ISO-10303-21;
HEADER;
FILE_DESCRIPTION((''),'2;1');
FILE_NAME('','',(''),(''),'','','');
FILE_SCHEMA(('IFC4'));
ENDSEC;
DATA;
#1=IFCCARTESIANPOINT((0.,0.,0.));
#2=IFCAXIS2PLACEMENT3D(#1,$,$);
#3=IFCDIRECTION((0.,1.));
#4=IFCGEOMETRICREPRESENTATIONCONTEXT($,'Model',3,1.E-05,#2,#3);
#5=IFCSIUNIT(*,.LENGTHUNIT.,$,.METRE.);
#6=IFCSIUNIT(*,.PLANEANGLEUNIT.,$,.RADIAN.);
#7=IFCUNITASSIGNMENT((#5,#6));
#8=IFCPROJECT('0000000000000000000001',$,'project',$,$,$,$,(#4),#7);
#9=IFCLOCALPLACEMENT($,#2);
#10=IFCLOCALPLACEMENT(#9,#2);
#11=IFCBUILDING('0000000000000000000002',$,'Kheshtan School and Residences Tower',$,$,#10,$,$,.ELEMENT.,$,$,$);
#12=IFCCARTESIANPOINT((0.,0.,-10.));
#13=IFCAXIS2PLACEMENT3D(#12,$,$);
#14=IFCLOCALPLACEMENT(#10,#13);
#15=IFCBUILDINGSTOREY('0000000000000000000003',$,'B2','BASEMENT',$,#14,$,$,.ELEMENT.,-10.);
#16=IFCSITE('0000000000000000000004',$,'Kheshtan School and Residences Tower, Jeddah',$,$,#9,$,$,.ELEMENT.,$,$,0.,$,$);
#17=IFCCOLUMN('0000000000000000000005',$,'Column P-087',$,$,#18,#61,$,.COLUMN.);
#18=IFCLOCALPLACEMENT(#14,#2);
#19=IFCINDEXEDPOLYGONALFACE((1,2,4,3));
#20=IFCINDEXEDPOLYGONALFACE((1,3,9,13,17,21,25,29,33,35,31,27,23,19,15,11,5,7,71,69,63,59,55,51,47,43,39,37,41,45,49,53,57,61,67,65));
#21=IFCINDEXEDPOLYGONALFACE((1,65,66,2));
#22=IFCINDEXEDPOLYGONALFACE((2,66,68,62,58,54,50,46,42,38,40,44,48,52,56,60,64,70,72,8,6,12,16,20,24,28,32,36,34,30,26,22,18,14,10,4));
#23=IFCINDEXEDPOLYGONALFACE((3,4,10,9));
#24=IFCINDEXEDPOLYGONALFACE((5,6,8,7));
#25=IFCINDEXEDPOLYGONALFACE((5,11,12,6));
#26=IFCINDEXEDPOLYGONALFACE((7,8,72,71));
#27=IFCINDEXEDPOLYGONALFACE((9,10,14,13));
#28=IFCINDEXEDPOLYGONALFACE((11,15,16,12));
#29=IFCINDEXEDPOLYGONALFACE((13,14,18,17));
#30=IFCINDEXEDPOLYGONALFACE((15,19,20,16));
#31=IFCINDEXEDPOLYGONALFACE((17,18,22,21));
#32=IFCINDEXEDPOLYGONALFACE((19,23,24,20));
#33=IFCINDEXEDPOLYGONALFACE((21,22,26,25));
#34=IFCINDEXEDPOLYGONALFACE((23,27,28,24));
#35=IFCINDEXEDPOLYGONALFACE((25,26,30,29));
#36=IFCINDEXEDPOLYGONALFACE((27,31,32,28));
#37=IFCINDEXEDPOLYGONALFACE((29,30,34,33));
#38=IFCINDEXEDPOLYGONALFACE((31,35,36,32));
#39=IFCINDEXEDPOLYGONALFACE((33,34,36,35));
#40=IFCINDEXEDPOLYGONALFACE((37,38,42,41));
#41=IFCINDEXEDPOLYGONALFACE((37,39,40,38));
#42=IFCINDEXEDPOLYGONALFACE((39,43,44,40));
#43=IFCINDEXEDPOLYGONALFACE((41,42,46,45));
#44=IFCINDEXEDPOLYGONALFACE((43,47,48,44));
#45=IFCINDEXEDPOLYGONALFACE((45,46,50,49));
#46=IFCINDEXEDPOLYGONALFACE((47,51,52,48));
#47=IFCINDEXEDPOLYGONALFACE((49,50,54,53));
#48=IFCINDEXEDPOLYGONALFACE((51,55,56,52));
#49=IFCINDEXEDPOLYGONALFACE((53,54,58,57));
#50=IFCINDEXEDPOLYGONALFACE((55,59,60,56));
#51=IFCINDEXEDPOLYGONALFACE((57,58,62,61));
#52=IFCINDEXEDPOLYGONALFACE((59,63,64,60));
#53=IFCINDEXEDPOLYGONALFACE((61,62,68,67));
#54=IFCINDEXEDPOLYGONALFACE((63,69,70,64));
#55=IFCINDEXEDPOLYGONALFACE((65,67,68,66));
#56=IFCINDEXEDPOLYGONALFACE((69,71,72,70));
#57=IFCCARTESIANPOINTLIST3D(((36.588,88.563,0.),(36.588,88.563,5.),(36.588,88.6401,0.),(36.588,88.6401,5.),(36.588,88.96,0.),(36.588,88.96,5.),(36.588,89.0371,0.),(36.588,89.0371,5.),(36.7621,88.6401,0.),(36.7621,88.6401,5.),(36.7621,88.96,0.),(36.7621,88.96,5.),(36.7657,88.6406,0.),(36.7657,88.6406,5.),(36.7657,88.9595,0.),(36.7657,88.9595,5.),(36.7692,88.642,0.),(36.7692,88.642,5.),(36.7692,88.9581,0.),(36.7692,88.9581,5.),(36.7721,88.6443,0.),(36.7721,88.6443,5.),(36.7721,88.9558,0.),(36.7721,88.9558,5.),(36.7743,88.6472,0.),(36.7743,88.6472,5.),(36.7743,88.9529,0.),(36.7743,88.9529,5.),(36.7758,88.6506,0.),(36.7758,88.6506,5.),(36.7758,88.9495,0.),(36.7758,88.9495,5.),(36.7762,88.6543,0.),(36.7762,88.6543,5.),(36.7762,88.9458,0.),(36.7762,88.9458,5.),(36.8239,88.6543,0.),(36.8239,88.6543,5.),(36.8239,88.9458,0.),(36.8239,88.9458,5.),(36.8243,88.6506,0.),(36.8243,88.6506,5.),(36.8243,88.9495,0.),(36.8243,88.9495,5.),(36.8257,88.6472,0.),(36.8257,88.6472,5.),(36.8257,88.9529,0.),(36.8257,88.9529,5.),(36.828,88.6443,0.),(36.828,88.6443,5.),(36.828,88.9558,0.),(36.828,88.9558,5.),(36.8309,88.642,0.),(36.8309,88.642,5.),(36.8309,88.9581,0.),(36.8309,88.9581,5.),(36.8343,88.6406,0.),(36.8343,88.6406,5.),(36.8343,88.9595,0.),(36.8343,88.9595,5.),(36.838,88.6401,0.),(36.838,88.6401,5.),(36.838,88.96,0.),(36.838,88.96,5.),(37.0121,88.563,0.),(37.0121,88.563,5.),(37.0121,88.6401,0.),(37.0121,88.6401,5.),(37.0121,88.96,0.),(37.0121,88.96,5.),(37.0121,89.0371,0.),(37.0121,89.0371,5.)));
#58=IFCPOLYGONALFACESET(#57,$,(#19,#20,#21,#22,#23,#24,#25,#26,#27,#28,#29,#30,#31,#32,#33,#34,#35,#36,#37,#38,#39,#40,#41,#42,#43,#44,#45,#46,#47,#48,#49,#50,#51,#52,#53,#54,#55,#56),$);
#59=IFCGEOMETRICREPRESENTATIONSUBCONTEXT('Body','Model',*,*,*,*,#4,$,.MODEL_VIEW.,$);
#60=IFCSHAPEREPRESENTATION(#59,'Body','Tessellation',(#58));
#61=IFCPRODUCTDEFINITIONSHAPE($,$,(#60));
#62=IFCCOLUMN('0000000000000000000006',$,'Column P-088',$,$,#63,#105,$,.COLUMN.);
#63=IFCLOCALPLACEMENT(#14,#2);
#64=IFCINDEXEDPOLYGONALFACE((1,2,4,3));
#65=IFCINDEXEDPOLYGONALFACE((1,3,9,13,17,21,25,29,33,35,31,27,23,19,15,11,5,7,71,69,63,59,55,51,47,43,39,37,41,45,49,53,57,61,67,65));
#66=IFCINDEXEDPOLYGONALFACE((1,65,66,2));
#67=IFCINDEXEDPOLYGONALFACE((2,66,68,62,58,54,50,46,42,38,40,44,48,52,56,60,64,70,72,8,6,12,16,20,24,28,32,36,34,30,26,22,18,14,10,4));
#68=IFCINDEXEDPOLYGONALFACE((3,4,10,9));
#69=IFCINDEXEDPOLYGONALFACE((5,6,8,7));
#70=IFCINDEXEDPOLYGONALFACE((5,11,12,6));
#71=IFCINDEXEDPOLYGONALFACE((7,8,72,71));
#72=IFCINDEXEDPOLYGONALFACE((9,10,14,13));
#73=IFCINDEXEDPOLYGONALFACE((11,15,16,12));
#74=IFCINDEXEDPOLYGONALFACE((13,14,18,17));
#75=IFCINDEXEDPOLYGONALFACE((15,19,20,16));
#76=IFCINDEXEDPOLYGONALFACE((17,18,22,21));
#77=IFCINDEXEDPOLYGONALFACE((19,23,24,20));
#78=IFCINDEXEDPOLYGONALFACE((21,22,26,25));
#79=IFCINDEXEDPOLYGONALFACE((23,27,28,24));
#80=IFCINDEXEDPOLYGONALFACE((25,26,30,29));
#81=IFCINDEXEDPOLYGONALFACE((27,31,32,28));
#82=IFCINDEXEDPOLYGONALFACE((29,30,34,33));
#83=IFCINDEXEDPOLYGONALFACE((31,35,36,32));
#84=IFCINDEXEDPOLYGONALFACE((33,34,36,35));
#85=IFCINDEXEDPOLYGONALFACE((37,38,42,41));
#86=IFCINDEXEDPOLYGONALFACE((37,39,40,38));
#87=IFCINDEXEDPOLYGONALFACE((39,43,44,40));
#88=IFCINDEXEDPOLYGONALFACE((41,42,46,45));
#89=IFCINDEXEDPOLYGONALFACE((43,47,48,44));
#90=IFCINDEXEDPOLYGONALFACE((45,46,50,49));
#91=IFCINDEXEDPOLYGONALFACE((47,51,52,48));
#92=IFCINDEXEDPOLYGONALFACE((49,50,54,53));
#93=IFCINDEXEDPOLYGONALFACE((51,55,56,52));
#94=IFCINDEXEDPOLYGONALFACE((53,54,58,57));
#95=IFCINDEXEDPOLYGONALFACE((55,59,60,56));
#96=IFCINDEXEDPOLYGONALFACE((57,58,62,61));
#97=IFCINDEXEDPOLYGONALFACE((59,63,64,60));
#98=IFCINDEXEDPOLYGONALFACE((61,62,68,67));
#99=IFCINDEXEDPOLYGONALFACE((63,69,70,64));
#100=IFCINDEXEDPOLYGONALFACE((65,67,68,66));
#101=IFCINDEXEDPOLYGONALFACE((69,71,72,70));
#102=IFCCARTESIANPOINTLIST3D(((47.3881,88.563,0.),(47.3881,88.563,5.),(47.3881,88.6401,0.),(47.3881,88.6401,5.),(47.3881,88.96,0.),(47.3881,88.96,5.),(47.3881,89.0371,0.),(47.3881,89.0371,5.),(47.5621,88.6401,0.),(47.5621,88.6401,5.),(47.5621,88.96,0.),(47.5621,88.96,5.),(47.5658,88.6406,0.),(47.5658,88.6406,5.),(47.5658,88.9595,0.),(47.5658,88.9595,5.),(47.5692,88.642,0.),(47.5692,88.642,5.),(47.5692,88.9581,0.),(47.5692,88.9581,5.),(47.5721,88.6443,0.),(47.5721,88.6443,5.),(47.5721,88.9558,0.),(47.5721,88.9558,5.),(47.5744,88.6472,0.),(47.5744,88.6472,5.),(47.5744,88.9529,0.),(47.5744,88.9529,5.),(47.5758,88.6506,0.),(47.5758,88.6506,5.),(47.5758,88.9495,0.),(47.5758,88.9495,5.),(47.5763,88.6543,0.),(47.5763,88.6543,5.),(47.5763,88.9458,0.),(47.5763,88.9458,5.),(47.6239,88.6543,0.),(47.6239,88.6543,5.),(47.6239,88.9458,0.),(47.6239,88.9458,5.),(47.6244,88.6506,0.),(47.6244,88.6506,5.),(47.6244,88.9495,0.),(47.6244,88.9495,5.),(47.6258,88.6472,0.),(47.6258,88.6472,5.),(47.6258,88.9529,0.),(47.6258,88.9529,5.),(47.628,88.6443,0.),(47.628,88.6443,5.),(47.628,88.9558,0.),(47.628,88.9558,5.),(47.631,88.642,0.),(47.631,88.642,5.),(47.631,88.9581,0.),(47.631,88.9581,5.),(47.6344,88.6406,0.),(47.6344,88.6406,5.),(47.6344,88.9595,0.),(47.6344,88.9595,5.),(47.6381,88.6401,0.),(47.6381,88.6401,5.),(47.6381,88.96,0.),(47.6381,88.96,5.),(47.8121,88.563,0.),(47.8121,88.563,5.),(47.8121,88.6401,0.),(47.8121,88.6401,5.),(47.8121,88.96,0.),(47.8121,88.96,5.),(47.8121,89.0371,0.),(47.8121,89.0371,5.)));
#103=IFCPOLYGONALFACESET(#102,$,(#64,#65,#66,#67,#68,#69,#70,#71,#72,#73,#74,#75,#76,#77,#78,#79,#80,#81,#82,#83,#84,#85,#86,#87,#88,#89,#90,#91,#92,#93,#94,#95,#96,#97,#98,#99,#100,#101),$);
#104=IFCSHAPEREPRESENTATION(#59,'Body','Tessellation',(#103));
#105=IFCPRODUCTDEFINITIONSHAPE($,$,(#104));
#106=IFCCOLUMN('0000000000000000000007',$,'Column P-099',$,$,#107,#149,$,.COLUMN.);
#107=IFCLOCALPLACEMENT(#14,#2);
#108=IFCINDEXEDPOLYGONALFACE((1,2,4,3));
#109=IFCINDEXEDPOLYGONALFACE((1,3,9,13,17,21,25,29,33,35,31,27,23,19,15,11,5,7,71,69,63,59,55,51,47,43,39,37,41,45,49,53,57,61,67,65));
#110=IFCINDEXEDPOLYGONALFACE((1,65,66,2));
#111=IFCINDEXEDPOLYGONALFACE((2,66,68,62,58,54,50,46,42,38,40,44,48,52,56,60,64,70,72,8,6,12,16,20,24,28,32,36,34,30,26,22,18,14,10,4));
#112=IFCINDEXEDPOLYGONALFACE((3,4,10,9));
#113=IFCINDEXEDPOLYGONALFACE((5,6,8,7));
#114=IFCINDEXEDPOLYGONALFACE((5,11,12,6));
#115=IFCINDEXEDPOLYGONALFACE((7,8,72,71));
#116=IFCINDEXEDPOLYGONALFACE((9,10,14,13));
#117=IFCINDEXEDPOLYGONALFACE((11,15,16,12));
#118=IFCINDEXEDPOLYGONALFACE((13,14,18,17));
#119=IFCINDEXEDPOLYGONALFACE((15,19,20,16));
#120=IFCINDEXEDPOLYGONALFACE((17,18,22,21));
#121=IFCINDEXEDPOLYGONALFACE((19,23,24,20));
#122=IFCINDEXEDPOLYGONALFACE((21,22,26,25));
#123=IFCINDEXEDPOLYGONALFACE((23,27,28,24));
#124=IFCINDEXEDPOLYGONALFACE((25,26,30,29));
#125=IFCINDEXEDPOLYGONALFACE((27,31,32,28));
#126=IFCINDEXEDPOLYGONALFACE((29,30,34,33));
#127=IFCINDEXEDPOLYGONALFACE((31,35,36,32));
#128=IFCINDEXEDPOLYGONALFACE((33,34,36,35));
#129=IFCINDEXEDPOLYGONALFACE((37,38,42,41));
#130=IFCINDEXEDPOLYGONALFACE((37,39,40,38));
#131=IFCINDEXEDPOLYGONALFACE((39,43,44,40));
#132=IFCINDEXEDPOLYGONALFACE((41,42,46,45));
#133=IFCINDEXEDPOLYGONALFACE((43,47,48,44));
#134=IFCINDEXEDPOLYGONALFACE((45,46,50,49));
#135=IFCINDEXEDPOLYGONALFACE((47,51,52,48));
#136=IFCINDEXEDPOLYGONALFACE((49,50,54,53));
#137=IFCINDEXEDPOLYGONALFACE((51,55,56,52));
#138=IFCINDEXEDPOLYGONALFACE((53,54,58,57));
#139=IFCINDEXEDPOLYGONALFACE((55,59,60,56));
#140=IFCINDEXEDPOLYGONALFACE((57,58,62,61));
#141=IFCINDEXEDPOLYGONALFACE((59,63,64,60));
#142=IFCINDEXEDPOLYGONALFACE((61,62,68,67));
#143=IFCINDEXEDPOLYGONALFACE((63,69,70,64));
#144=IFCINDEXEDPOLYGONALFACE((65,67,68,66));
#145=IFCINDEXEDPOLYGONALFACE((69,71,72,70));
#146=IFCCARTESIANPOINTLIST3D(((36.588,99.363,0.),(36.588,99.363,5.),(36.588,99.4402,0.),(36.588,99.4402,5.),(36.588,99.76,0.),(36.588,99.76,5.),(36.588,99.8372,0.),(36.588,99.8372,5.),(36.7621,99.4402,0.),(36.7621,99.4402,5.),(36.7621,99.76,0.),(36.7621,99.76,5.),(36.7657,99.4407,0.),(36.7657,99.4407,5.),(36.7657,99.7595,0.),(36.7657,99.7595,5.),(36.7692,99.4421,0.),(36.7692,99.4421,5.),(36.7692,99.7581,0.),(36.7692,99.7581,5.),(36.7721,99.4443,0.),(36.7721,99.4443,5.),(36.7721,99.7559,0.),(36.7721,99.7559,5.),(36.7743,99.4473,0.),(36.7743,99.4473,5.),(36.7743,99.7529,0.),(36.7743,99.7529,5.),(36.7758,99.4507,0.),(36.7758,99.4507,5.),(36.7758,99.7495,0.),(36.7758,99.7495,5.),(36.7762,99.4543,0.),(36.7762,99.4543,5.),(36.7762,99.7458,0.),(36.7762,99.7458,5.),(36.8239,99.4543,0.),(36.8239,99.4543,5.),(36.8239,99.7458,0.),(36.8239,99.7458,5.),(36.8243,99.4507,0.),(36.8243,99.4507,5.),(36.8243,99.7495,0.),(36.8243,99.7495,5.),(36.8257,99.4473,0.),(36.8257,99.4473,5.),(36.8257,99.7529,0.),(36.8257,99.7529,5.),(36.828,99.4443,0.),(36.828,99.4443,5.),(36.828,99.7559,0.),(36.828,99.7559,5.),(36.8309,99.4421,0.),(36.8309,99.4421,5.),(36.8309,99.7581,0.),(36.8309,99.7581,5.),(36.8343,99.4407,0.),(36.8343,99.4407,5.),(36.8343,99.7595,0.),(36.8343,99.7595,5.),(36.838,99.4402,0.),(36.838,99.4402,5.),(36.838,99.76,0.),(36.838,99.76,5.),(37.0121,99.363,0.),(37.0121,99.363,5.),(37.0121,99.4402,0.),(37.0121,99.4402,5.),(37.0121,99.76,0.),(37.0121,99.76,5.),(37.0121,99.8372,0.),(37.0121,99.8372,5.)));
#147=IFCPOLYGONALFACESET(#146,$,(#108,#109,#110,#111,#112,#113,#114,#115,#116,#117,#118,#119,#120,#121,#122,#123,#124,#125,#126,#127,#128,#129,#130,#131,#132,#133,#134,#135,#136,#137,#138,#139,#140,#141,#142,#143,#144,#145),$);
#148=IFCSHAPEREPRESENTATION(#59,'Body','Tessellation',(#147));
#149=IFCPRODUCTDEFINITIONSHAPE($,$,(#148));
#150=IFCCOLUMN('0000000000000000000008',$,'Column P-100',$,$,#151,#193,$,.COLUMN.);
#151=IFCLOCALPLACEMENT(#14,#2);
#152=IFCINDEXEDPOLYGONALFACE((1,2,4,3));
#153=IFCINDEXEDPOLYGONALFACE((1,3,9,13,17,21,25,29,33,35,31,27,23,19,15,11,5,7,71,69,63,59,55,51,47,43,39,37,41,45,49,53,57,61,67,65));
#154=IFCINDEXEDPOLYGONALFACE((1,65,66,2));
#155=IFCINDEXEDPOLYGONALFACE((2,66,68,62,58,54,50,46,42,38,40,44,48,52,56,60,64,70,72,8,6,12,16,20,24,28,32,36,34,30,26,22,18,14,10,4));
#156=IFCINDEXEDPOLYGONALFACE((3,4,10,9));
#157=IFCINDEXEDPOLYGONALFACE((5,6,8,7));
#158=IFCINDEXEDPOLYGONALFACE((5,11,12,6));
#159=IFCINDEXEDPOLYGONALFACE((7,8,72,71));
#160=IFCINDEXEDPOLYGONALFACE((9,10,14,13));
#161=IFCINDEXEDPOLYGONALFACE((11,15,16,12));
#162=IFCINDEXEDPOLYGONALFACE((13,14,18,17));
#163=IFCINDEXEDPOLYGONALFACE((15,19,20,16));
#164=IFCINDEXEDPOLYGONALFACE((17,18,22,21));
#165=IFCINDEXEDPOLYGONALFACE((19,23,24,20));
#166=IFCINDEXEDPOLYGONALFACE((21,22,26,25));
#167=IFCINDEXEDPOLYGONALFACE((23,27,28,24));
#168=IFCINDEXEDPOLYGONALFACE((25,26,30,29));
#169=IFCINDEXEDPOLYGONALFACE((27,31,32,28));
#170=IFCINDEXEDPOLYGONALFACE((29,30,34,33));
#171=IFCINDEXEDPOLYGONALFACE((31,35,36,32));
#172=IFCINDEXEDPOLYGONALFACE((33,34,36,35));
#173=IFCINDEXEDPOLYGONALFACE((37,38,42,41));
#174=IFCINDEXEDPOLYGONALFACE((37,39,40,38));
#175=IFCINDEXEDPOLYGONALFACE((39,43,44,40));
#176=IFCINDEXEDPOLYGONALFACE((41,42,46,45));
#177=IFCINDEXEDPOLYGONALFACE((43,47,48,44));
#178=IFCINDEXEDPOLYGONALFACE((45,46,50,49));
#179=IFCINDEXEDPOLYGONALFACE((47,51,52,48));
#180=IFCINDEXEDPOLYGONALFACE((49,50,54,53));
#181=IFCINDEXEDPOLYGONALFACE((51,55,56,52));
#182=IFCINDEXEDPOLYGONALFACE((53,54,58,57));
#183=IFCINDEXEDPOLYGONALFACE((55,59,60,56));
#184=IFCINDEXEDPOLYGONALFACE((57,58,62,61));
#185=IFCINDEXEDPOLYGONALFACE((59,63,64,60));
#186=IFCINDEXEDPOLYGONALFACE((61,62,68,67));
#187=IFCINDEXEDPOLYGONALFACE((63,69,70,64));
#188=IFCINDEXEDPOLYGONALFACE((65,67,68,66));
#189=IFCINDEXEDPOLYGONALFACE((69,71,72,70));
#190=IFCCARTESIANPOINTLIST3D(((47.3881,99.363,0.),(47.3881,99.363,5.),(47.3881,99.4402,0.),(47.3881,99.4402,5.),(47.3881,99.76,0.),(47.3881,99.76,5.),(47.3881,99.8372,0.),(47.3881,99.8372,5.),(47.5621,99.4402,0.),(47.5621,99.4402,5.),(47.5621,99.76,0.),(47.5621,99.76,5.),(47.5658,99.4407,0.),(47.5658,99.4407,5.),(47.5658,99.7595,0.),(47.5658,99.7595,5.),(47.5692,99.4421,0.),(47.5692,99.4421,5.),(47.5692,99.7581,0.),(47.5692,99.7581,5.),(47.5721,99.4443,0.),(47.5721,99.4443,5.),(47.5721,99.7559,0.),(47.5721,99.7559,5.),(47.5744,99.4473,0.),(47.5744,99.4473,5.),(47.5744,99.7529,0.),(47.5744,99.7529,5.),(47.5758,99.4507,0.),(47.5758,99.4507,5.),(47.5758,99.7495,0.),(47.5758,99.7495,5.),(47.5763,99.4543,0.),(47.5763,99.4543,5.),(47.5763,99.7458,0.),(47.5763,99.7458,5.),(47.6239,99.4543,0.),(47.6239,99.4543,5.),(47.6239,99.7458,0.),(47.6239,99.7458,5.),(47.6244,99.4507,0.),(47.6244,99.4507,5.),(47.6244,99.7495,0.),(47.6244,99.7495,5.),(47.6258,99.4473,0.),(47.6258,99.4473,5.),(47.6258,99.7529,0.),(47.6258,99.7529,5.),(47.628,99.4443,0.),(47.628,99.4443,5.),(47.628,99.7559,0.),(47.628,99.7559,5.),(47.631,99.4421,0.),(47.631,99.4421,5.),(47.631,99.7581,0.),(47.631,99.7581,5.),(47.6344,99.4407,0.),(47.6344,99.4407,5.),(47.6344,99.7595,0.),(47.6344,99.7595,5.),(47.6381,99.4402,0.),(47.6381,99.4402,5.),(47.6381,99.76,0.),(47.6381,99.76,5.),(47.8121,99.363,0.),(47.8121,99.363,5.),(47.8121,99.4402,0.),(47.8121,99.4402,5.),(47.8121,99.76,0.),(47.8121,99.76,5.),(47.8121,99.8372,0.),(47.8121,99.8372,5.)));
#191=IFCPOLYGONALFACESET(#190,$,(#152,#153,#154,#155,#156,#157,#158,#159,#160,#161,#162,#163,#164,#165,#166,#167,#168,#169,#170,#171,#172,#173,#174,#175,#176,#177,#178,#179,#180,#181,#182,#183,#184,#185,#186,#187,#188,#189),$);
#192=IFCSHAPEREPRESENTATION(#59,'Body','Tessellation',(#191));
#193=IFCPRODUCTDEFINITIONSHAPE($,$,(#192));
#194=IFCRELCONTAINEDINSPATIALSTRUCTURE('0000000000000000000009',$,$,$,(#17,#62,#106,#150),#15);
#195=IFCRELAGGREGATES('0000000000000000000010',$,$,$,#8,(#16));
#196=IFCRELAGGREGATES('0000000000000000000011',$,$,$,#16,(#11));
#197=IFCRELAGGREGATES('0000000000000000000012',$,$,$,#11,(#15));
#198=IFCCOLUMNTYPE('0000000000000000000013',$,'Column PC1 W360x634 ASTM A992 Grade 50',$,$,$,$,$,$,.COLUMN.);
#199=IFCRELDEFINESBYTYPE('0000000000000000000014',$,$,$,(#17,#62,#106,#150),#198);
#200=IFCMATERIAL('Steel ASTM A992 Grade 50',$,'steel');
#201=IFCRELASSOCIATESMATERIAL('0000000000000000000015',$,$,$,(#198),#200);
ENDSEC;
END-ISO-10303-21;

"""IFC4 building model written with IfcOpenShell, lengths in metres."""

from ifc_helpers import new_model, si_unit, direction, frame, origin, origin_2d, place, context, subcontext, project, spatial, i_section, extrude, material, material_profile, profile_set, type_object, element, save


model = new_model("IFC4")

# Units and contexts
model_context = context("Model", 3, precision=1e-05, world=origin(), true_north=direction((0.0, 1.0)))
body_context = subcontext(model_context, "Body", "Model", "MODEL_VIEW")
ifc_project = project(units=[si_unit("LENGTHUNIT", "METRE"), si_unit("PLANEANGLEUNIT", "RADIAN")], contexts=[model_context])

# Site, building, storey
site_placement = place(None, origin())
site = spatial("IfcSite", under=ifc_project, at=site_placement, Name="Kheshtan School and Residences Tower, Jeddah", CompositionType="ELEMENT", RefElevation=0.0)
building_placement = place(site_placement, origin())
building = spatial("IfcBuilding", under=site, at=building_placement, Name="Kheshtan School and Residences Tower", CompositionType="ELEMENT")
storey_placement = place(building_placement, frame((0.0, 0.0, -10.0)))
storey = spatial("IfcBuildingStorey", under=building, at=storey_placement, Name="B2", Description="BASEMENT", CompositionType="ELEMENT", Elevation=-10.0)

# Columns
ifc_material_1 = material(Name="Steel ASTM A992 Grade 50", Category="steel")
ifc_material_profile = material_profile(ifc_material_1, i_section(OverallWidth=0.4241, OverallDepth=0.4741, WebThickness=0.0476, FlangeThickness=0.0771, FilletRadius=0.0142, at=origin_2d()), Name="W360x634")
ifc_profile_set = profile_set([ifc_material_profile], Name="Steel ASTM A992 Grade 50")
column_type = type_object("IfcColumnType", Name="Column PC1 W360x634 ASTM A992 Grade 50", PredefinedType="COLUMN", material=ifc_profile_set)
for number, where, z_axis, x_axis, name in (
    (1, (36.8, 88.8, 0.0), (0.0, 0.0, 1.0), (1.0, 0.0, 0.0), "Column P-087"),
    (2, (47.6001, 88.8, 0.0), (0.0, 0.0, 1.0), (1.0, 0.0, 0.0), "Column P-088"),
    (3, (36.8, 99.6001, 0.0), (0.0, 0.0, 1.0), (1.0, 0.0, 0.0), "Column P-099"),
    (4, (47.6001, 99.6001, 0.0), (0.0, 0.0, 1.0), (1.0, 0.0, 0.0), "Column P-100"),
):
    element("IfcColumn", number, at=place(storey_placement, frame(where, z_axis=z_axis, x_axis=x_axis)), inside=storey, type_object=column_type, Name=name, PredefinedType="COLUMN", context=body_context, shape_type="SweptSolid", body=[
        extrude(i_section(OverallWidth=0.4241, OverallDepth=0.4741, WebThickness=0.0476, FlangeThickness=0.0771, FilletRadius=0.0142, at=origin_2d()), origin(), (0.0, 0.0, 1.0), 5.0),
    ])

save(model, "model.ifc")
